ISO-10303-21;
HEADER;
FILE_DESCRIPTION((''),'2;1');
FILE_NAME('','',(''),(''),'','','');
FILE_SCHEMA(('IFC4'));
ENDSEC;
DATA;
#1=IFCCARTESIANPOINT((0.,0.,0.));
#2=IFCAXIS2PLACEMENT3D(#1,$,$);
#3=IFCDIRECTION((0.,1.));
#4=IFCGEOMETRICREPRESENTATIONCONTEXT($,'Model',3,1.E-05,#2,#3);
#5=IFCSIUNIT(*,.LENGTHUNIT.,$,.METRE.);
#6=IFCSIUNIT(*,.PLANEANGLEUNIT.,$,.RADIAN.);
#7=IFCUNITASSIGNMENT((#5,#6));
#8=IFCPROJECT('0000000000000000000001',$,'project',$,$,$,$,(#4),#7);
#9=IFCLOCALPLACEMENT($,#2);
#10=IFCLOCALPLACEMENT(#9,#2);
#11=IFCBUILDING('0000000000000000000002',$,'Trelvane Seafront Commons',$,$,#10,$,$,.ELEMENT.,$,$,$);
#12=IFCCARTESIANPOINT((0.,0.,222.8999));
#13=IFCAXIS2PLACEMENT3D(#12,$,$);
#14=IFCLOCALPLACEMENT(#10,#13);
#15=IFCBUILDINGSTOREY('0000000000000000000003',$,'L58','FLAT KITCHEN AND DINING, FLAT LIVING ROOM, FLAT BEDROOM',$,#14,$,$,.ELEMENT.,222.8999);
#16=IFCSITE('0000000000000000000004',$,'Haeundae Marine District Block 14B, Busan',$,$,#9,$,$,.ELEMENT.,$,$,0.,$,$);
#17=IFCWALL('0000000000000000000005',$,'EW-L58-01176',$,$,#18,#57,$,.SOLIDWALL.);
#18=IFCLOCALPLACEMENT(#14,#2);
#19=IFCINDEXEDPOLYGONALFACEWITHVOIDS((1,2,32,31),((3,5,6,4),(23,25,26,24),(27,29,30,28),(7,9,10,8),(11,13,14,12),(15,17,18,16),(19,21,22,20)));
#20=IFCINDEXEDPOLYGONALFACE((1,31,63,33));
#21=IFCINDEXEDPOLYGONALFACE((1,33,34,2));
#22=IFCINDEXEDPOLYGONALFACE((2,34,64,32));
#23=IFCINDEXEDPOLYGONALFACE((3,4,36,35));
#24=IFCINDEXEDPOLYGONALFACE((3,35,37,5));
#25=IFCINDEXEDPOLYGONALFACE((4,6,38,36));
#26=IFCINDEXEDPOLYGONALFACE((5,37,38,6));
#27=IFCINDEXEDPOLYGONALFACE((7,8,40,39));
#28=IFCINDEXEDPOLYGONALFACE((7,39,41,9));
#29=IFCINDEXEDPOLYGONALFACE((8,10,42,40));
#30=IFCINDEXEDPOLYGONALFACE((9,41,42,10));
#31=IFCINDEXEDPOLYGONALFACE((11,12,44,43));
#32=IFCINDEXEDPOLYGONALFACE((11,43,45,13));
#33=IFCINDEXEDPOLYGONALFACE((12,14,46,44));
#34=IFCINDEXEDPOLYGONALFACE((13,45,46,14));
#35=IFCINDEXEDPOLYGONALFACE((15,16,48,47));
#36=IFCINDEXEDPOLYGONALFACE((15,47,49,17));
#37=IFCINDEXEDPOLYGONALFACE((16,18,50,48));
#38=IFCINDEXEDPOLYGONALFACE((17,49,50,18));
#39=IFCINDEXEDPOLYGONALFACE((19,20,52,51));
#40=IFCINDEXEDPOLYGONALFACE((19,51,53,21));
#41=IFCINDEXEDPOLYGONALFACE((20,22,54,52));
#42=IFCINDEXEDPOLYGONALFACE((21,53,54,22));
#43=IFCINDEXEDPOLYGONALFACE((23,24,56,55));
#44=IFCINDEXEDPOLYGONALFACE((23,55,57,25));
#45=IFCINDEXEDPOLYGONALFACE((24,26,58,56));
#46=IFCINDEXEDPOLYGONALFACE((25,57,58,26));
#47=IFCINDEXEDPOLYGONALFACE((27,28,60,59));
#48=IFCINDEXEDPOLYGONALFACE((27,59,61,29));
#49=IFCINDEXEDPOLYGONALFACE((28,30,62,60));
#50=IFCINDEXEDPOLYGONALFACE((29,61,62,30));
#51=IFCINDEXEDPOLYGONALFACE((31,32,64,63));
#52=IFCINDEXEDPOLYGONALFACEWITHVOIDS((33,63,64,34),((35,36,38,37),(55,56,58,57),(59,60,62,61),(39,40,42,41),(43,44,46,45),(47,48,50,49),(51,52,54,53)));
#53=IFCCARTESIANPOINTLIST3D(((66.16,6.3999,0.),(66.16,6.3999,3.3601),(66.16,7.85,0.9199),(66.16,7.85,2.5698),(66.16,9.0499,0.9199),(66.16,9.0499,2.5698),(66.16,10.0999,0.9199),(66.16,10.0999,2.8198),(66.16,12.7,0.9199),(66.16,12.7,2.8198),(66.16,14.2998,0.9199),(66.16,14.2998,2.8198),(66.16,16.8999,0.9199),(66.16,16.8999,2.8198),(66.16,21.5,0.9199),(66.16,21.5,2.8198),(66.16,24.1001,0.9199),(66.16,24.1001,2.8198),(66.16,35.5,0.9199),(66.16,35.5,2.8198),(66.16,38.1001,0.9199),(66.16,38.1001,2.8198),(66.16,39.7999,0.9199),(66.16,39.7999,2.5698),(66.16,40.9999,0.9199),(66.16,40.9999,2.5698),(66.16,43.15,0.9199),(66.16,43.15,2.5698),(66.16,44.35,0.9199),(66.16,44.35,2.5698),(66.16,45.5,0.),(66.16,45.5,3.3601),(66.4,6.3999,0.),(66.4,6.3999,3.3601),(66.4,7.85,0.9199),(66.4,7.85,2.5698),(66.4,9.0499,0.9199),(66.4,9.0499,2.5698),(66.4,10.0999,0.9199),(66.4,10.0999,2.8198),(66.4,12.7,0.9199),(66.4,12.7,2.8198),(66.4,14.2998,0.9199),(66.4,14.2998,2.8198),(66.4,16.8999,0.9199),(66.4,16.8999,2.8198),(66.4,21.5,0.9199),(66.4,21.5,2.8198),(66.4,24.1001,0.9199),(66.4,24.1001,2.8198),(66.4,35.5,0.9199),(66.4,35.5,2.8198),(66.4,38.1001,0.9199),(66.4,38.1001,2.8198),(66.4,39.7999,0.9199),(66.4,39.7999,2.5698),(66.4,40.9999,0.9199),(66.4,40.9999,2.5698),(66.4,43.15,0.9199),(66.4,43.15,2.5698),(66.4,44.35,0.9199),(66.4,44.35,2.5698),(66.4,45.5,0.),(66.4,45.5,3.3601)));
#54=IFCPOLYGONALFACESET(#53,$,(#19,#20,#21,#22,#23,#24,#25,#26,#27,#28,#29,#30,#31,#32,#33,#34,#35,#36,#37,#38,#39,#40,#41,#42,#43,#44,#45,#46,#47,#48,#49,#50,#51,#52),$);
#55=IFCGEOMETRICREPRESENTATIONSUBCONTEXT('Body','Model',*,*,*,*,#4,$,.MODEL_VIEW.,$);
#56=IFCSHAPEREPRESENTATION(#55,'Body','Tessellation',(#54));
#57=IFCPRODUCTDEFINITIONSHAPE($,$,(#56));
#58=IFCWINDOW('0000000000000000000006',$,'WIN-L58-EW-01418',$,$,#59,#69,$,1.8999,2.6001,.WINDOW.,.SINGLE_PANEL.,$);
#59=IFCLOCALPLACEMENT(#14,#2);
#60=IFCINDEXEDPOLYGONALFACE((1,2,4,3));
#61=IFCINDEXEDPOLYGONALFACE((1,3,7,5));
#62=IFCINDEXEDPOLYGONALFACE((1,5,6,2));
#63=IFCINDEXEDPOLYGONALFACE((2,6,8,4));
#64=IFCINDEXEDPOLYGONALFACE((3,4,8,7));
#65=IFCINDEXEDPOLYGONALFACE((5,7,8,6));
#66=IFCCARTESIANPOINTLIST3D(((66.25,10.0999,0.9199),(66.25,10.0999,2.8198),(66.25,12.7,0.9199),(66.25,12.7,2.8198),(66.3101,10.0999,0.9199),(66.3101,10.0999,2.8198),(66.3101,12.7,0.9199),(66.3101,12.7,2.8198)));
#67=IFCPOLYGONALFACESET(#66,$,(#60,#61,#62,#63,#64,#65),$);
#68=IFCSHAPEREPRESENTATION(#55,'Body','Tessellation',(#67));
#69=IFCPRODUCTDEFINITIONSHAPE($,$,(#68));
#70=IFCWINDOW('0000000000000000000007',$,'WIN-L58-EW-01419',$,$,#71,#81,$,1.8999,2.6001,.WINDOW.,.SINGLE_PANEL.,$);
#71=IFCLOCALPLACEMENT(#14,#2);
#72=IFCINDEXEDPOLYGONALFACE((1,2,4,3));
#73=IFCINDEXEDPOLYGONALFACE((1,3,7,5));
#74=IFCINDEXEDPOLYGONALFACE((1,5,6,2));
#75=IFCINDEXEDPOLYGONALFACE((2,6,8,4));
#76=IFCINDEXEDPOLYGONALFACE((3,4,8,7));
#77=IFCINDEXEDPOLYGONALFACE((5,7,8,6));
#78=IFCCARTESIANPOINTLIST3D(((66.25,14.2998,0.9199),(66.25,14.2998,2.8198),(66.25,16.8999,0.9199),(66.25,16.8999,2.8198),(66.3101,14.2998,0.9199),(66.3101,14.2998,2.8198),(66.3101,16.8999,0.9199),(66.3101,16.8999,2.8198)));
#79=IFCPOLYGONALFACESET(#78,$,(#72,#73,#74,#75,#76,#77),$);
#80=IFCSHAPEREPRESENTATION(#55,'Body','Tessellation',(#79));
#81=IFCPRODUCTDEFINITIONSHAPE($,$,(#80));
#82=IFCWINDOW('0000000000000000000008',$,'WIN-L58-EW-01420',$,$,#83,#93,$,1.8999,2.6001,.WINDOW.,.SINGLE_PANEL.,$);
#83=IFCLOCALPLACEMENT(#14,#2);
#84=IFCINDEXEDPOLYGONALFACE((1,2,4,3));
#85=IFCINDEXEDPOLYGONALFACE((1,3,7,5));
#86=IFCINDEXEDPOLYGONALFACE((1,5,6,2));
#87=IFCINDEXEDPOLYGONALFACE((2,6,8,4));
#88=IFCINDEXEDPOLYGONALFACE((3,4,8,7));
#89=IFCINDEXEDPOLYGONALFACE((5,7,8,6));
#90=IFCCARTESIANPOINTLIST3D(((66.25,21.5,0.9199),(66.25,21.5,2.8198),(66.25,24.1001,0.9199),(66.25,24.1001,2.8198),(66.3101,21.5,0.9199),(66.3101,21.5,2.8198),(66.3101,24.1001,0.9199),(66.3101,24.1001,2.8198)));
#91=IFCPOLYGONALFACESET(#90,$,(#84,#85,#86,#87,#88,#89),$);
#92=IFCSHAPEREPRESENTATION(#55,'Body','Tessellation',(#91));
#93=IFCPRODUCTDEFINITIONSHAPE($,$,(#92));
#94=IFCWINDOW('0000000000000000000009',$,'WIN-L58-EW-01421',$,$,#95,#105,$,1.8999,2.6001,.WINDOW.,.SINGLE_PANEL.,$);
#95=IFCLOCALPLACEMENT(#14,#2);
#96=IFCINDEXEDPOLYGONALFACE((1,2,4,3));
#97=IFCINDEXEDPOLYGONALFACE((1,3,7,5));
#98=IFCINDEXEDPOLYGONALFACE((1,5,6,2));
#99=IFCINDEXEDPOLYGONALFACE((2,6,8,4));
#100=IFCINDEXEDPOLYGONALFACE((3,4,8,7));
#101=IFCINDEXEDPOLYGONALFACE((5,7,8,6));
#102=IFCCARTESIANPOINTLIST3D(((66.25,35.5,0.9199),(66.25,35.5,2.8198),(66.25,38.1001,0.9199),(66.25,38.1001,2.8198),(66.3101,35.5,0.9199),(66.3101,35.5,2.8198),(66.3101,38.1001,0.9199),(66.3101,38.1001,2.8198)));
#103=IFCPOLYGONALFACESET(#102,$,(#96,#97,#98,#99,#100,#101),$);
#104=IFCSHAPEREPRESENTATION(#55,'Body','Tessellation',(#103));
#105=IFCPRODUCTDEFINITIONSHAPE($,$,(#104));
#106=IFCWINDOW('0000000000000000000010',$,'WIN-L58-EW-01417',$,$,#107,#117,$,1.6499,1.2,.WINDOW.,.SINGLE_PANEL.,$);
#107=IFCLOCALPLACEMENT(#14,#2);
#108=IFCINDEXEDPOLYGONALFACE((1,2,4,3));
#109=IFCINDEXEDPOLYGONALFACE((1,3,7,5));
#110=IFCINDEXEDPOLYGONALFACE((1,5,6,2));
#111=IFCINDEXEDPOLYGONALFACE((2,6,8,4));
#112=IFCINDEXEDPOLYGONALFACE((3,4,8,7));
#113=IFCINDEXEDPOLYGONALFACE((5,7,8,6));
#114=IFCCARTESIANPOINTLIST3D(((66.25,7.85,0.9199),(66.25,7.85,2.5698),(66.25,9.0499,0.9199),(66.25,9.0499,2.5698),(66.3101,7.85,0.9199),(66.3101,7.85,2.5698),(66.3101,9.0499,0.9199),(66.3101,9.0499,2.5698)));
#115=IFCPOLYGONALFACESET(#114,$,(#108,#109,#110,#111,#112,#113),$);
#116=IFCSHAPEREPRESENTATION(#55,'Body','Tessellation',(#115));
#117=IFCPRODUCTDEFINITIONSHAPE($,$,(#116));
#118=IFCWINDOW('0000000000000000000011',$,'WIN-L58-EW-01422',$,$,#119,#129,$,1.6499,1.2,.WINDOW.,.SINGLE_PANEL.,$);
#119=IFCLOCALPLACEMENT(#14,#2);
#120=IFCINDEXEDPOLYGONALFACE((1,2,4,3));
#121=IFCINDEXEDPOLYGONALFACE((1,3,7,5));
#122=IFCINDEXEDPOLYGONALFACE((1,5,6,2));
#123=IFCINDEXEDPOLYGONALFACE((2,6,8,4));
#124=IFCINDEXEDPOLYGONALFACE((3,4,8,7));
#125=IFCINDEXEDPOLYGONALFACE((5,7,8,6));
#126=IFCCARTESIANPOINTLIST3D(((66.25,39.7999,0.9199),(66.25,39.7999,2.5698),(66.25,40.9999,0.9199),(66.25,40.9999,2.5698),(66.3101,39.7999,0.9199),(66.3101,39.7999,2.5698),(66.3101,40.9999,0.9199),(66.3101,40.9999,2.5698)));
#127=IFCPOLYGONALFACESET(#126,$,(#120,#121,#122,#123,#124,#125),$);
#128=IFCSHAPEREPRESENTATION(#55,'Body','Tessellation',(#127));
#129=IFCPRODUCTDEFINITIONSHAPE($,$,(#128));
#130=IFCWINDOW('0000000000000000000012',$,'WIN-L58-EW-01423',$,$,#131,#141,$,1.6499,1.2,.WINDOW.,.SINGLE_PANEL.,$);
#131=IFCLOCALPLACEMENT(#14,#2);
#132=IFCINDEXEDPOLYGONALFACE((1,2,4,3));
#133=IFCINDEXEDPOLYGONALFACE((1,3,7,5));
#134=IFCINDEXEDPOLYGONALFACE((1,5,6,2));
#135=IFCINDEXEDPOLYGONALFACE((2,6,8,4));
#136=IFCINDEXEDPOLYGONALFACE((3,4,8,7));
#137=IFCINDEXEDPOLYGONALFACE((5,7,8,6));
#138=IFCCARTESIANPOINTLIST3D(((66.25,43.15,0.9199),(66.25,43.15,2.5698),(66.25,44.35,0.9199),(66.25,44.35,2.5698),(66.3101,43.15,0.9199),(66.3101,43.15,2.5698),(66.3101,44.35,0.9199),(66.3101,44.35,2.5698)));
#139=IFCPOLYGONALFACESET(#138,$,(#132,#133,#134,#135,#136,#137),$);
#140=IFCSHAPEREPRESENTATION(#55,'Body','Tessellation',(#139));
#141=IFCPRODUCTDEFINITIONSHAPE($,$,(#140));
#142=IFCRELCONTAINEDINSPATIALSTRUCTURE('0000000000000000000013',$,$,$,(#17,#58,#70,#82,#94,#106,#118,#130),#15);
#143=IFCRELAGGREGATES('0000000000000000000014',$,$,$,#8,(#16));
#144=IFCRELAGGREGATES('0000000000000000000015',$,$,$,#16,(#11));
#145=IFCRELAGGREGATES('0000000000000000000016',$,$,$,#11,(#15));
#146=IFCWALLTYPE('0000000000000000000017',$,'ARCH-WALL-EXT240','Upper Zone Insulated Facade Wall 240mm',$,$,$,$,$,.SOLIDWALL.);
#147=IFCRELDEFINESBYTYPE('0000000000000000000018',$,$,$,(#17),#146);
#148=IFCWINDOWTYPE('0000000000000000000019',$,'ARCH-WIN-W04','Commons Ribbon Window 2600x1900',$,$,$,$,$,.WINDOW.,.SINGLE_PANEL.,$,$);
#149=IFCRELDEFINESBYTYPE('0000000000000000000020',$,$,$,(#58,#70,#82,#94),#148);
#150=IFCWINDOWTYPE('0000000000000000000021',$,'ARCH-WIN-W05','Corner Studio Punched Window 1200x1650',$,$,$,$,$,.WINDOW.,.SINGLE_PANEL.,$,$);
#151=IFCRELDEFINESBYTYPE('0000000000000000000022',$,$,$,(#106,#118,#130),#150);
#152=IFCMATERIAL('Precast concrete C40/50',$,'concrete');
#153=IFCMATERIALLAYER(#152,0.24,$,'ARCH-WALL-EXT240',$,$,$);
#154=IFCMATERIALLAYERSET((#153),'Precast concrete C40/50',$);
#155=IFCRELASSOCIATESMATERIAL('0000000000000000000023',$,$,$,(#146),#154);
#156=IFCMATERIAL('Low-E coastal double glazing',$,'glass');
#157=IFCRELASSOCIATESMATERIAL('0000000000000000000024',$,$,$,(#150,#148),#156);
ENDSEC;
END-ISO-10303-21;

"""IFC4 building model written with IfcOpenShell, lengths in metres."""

from ifc_helpers import new_model, si_unit, direction, frame, frame_2d, origin, place, context, subcontext, project, spatial, rectangle, extrude, source, transform, mapped, material, layer, layer_set, type_object, element, fill, save


model = new_model("IFC4")

# Units and contexts
model_context = context("Model", 3, precision=1e-05, world=origin(), true_north=direction((0.0, 1.0)))
body_context = subcontext(model_context, "Body", "Model", "MODEL_VIEW")
ifc_project = project(units=[si_unit("LENGTHUNIT", "METRE"), si_unit("PLANEANGLEUNIT", "RADIAN")], contexts=[model_context])

# Site, building, storey
site_placement = place(None, origin())
site = spatial("IfcSite", under=ifc_project, at=site_placement, Name="Haeundae Marine District Block 14B, Busan", CompositionType="ELEMENT", RefElevation=0.0)
building_placement = place(site_placement, origin())
building = spatial("IfcBuilding", under=site, at=building_placement, Name="Trelvane Seafront Commons", CompositionType="ELEMENT")
storey_placement = place(building_placement, frame((0.0, 0.0, 222.8999)))
storey = spatial("IfcBuildingStorey", under=building, at=storey_placement, Name="L58", Description="FLAT KITCHEN AND DINING, FLAT LIVING ROOM, FLAT BEDROOM", CompositionType="ELEMENT", Elevation=222.8999)

# Shared definitions
ifc_material_1 = material(Name="Low-E coastal double glazing", Category="glass")

# Shared definitions
ifc_material_2 = material(Name="Precast concrete C40/50", Category="concrete")
ifc_layer_1 = layer(ifc_material_2, 0.24, Name="ARCH-WALL-EXT240")
ifc_layer_set_1 = layer_set([ifc_layer_1], Name="Precast concrete C40/50")
wall_type = type_object("IfcWallType", Name="ARCH-WALL-EXT240", Description="Upper Zone Insulated Facade Wall 240mm", PredefinedType="SOLIDWALL", material=ifc_layer_set_1)
window_type_1 = type_object("IfcWindowType", Name="ARCH-WIN-W05", Description="Corner Studio Punched Window 1200x1650", PartitioningType="SINGLE_PANEL", PredefinedType="WINDOW", material=ifc_material_1)
shared_shape_1 = source(origin(), body_context, "Body", "SweptSolid", [
    extrude(rectangle(XDim=1.2, YDim=1.6499, at=frame_2d((0.6001, 0.825))), frame((0.0, 0.03, 0.0), z_axis=(0.0, -1.0, 0.0), x_axis=(1.0, 0.0, 0.0)), (0.0, 0.0, 1.0), 0.0601),
])

# Wall, openings, windows
wall_1_placement = place(storey_placement, frame((66.28, 45.5, 0.0), z_axis=(0.0, 0.0, 1.0), x_axis=(0.0, -1.0, 0.0)))
wall_1 = element("IfcWall", 1, at=wall_1_placement, inside=storey, type_object=wall_type, Name="EW-L58-01176", PredefinedType="SOLIDWALL", context=body_context, shape_type="SweptSolid", body=[
    extrude(rectangle(XDim=39.1001, YDim=0.24, at=frame_2d((19.55, 0.0))), origin(), (0.0, 0.0, 1.0), 3.3601),
])
opening_1_placement = place(wall_1_placement, frame((36.45, 0.0, 0.9199)))
opening_1 = element("IfcOpeningElement", 2, at=opening_1_placement, cuts=wall_1, PredefinedType="OPENING", context=body_context, shape_type="SweptSolid", body=[
    extrude(rectangle(XDim=1.2, YDim=1.6499, at=frame_2d((0.6001, 0.825))), frame((0.0, 0.1299, 0.0), z_axis=(0.0, -1.0, 0.0), x_axis=(1.0, 0.0, 0.0)), (0.0, 0.0, 1.0), 0.26),
])
opening_2_placement = place(wall_1_placement, frame((32.8, 0.0, 0.9199)))
opening_2 = element("IfcOpeningElement", 3, at=opening_2_placement, cuts=wall_1, PredefinedType="OPENING", context=body_context, shape_type="SweptSolid", body=[
    extrude(rectangle(XDim=2.6001, YDim=1.8999, at=frame_2d((1.3, 0.95))), frame((0.0, 0.1299, 0.0), z_axis=(0.0, -1.0, 0.0), x_axis=(1.0, 0.0, 0.0)), (0.0, 0.0, 1.0), 0.26),
])
opening_3_placement = place(wall_1_placement, frame((28.6001, 0.0, 0.9199)))
opening_3 = element("IfcOpeningElement", 4, at=opening_3_placement, cuts=wall_1, PredefinedType="OPENING", context=body_context, shape_type="SweptSolid", body=[
    extrude(rectangle(XDim=2.6001, YDim=1.8999, at=frame_2d((1.3, 0.95))), frame((0.0, 0.1299, 0.0), z_axis=(0.0, -1.0, 0.0), x_axis=(1.0, 0.0, 0.0)), (0.0, 0.0, 1.0), 0.26),
])
opening_4_placement = place(wall_1_placement, frame((21.3999, 0.0, 0.9199)))
opening_4 = element("IfcOpeningElement", 5, at=opening_4_placement, cuts=wall_1, PredefinedType="OPENING", context=body_context, shape_type="SweptSolid", body=[
    extrude(rectangle(XDim=2.6001, YDim=1.8999, at=frame_2d((1.3, 0.95))), frame((0.0, 0.1299, 0.0), z_axis=(0.0, -1.0, 0.0), x_axis=(1.0, 0.0, 0.0)), (0.0, 0.0, 1.0), 0.26),
])
opening_5_placement = place(wall_1_placement, frame((7.3999, 0.0, 0.9199)))
opening_5 = element("IfcOpeningElement", 6, at=opening_5_placement, cuts=wall_1, PredefinedType="OPENING", context=body_context, shape_type="SweptSolid", body=[
    extrude(rectangle(XDim=2.6001, YDim=1.8999, at=frame_2d((1.3, 0.95))), frame((0.0, 0.1299, 0.0), z_axis=(0.0, -1.0, 0.0), x_axis=(1.0, 0.0, 0.0)), (0.0, 0.0, 1.0), 0.26),
])
opening_6_placement = place(wall_1_placement, frame((4.5, 0.0, 0.9199)))
opening_6 = element("IfcOpeningElement", 7, at=opening_6_placement, cuts=wall_1, PredefinedType="OPENING", context=body_context, shape_type="SweptSolid", body=[
    extrude(rectangle(XDim=1.2, YDim=1.6499, at=frame_2d((0.6001, 0.825))), frame((0.0, 0.1299, 0.0), z_axis=(0.0, -1.0, 0.0), x_axis=(1.0, 0.0, 0.0)), (0.0, 0.0, 1.0), 0.26),
])
opening_7_placement = place(wall_1_placement, frame((1.1499, 0.0, 0.9199)))
opening_7 = element("IfcOpeningElement", 8, at=opening_7_placement, cuts=wall_1, PredefinedType="OPENING", context=body_context, shape_type="SweptSolid", body=[
    extrude(rectangle(XDim=1.2, YDim=1.6499, at=frame_2d((0.6001, 0.825))), frame((0.0, 0.1299, 0.0), z_axis=(0.0, -1.0, 0.0), x_axis=(1.0, 0.0, 0.0)), (0.0, 0.0, 1.0), 0.26),
])
window_type_2 = type_object("IfcWindowType", Name="ARCH-WIN-W04", Description="Commons Ribbon Window 2600x1900", PartitioningType="SINGLE_PANEL", PredefinedType="WINDOW", material=ifc_material_1)
shared_shape_2 = source(origin(), body_context, "Body", "SweptSolid", [
    extrude(rectangle(XDim=2.6001, YDim=1.8999, at=frame_2d((1.3, 0.95))), frame((0.0, 0.03, 0.0), z_axis=(0.0, -1.0, 0.0), x_axis=(1.0, 0.0, 0.0)), (0.0, 0.0, 1.0), 0.0601),
])
window_1_placement = place(opening_2_placement, origin())
window_1 = element("IfcWindow", 9, at=window_1_placement, inside=storey, type_object=window_type_2, Name="WIN-L58-EW-01418", OverallHeight=1.8999, OverallWidth=2.6001, PartitioningType="SINGLE_PANEL", PredefinedType="WINDOW", context=body_context, shape_type="MappedRepresentation", body=[
    mapped(shared_shape_2, transform((0.0, 0.0, 0.0), x_axis=(1.0, 0.0, 0.0), y_axis=(0.0, 1.0, 0.0), z_axis=(0.0, 0.0, 1.0), scale=1.0)),
])
fill(opening_2, window_1)
window_2_placement = place(opening_3_placement, origin())
window_2 = element("IfcWindow", 10, at=window_2_placement, inside=storey, type_object=window_type_2, Name="WIN-L58-EW-01419", OverallHeight=1.8999, OverallWidth=2.6001, PartitioningType="SINGLE_PANEL", PredefinedType="WINDOW", context=body_context, shape_type="MappedRepresentation", body=[
    mapped(shared_shape_2, transform((0.0, 0.0, 0.0), x_axis=(1.0, 0.0, 0.0), y_axis=(0.0, 1.0, 0.0), z_axis=(0.0, 0.0, 1.0), scale=1.0)),
])
fill(opening_3, window_2)
window_3_placement = place(opening_4_placement, origin())
window_3 = element("IfcWindow", 11, at=window_3_placement, inside=storey, type_object=window_type_2, Name="WIN-L58-EW-01420", OverallHeight=1.8999, OverallWidth=2.6001, PartitioningType="SINGLE_PANEL", PredefinedType="WINDOW", context=body_context, shape_type="MappedRepresentation", body=[
    mapped(shared_shape_2, transform((0.0, 0.0, 0.0), x_axis=(1.0, 0.0, 0.0), y_axis=(0.0, 1.0, 0.0), z_axis=(0.0, 0.0, 1.0), scale=1.0)),
])
fill(opening_4, window_3)
window_4_placement = place(opening_5_placement, origin())
window_4 = element("IfcWindow", 12, at=window_4_placement, inside=storey, type_object=window_type_2, Name="WIN-L58-EW-01421", OverallHeight=1.8999, OverallWidth=2.6001, PartitioningType="SINGLE_PANEL", PredefinedType="WINDOW", context=body_context, shape_type="MappedRepresentation", body=[
    mapped(shared_shape_2, transform((0.0, 0.0, 0.0), x_axis=(1.0, 0.0, 0.0), y_axis=(0.0, 1.0, 0.0), z_axis=(0.0, 0.0, 1.0), scale=1.0)),
])
fill(opening_5, window_4)
window_5_placement = place(opening_1_placement, origin())
window_5 = element("IfcWindow", 13, at=window_5_placement, inside=storey, type_object=window_type_1, Name="WIN-L58-EW-01417", OverallHeight=1.6499, OverallWidth=1.2, PartitioningType="SINGLE_PANEL", PredefinedType="WINDOW", context=body_context, shape_type="MappedRepresentation", body=[
    mapped(shared_shape_1, transform((0.0, 0.0, 0.0), x_axis=(1.0, 0.0, 0.0), y_axis=(0.0, 1.0, 0.0), z_axis=(0.0, 0.0, 1.0), scale=1.0)),
])
fill(opening_1, window_5)
window_6_placement = place(opening_6_placement, origin())
window_6 = element("IfcWindow", 14, at=window_6_placement, inside=storey, type_object=window_type_1, Name="WIN-L58-EW-01422", OverallHeight=1.6499, OverallWidth=1.2, PartitioningType="SINGLE_PANEL", PredefinedType="WINDOW", context=body_context, shape_type="MappedRepresentation", body=[
    mapped(shared_shape_1, transform((0.0, 0.0, 0.0), x_axis=(1.0, 0.0, 0.0), y_axis=(0.0, 1.0, 0.0), z_axis=(0.0, 0.0, 1.0), scale=1.0)),
])
fill(opening_6, window_6)
window_7_placement = place(opening_7_placement, origin())
window_7 = element("IfcWindow", 15, at=window_7_placement, inside=storey, type_object=window_type_1, Name="WIN-L58-EW-01423", OverallHeight=1.6499, OverallWidth=1.2, PartitioningType="SINGLE_PANEL", PredefinedType="WINDOW", context=body_context, shape_type="MappedRepresentation", body=[
    mapped(shared_shape_1, transform((0.0, 0.0, 0.0), x_axis=(1.0, 0.0, 0.0), y_axis=(0.0, 1.0, 0.0), z_axis=(0.0, 0.0, 1.0), scale=1.0)),
])
fill(opening_7, window_7)

save(model, "model.ifc")
